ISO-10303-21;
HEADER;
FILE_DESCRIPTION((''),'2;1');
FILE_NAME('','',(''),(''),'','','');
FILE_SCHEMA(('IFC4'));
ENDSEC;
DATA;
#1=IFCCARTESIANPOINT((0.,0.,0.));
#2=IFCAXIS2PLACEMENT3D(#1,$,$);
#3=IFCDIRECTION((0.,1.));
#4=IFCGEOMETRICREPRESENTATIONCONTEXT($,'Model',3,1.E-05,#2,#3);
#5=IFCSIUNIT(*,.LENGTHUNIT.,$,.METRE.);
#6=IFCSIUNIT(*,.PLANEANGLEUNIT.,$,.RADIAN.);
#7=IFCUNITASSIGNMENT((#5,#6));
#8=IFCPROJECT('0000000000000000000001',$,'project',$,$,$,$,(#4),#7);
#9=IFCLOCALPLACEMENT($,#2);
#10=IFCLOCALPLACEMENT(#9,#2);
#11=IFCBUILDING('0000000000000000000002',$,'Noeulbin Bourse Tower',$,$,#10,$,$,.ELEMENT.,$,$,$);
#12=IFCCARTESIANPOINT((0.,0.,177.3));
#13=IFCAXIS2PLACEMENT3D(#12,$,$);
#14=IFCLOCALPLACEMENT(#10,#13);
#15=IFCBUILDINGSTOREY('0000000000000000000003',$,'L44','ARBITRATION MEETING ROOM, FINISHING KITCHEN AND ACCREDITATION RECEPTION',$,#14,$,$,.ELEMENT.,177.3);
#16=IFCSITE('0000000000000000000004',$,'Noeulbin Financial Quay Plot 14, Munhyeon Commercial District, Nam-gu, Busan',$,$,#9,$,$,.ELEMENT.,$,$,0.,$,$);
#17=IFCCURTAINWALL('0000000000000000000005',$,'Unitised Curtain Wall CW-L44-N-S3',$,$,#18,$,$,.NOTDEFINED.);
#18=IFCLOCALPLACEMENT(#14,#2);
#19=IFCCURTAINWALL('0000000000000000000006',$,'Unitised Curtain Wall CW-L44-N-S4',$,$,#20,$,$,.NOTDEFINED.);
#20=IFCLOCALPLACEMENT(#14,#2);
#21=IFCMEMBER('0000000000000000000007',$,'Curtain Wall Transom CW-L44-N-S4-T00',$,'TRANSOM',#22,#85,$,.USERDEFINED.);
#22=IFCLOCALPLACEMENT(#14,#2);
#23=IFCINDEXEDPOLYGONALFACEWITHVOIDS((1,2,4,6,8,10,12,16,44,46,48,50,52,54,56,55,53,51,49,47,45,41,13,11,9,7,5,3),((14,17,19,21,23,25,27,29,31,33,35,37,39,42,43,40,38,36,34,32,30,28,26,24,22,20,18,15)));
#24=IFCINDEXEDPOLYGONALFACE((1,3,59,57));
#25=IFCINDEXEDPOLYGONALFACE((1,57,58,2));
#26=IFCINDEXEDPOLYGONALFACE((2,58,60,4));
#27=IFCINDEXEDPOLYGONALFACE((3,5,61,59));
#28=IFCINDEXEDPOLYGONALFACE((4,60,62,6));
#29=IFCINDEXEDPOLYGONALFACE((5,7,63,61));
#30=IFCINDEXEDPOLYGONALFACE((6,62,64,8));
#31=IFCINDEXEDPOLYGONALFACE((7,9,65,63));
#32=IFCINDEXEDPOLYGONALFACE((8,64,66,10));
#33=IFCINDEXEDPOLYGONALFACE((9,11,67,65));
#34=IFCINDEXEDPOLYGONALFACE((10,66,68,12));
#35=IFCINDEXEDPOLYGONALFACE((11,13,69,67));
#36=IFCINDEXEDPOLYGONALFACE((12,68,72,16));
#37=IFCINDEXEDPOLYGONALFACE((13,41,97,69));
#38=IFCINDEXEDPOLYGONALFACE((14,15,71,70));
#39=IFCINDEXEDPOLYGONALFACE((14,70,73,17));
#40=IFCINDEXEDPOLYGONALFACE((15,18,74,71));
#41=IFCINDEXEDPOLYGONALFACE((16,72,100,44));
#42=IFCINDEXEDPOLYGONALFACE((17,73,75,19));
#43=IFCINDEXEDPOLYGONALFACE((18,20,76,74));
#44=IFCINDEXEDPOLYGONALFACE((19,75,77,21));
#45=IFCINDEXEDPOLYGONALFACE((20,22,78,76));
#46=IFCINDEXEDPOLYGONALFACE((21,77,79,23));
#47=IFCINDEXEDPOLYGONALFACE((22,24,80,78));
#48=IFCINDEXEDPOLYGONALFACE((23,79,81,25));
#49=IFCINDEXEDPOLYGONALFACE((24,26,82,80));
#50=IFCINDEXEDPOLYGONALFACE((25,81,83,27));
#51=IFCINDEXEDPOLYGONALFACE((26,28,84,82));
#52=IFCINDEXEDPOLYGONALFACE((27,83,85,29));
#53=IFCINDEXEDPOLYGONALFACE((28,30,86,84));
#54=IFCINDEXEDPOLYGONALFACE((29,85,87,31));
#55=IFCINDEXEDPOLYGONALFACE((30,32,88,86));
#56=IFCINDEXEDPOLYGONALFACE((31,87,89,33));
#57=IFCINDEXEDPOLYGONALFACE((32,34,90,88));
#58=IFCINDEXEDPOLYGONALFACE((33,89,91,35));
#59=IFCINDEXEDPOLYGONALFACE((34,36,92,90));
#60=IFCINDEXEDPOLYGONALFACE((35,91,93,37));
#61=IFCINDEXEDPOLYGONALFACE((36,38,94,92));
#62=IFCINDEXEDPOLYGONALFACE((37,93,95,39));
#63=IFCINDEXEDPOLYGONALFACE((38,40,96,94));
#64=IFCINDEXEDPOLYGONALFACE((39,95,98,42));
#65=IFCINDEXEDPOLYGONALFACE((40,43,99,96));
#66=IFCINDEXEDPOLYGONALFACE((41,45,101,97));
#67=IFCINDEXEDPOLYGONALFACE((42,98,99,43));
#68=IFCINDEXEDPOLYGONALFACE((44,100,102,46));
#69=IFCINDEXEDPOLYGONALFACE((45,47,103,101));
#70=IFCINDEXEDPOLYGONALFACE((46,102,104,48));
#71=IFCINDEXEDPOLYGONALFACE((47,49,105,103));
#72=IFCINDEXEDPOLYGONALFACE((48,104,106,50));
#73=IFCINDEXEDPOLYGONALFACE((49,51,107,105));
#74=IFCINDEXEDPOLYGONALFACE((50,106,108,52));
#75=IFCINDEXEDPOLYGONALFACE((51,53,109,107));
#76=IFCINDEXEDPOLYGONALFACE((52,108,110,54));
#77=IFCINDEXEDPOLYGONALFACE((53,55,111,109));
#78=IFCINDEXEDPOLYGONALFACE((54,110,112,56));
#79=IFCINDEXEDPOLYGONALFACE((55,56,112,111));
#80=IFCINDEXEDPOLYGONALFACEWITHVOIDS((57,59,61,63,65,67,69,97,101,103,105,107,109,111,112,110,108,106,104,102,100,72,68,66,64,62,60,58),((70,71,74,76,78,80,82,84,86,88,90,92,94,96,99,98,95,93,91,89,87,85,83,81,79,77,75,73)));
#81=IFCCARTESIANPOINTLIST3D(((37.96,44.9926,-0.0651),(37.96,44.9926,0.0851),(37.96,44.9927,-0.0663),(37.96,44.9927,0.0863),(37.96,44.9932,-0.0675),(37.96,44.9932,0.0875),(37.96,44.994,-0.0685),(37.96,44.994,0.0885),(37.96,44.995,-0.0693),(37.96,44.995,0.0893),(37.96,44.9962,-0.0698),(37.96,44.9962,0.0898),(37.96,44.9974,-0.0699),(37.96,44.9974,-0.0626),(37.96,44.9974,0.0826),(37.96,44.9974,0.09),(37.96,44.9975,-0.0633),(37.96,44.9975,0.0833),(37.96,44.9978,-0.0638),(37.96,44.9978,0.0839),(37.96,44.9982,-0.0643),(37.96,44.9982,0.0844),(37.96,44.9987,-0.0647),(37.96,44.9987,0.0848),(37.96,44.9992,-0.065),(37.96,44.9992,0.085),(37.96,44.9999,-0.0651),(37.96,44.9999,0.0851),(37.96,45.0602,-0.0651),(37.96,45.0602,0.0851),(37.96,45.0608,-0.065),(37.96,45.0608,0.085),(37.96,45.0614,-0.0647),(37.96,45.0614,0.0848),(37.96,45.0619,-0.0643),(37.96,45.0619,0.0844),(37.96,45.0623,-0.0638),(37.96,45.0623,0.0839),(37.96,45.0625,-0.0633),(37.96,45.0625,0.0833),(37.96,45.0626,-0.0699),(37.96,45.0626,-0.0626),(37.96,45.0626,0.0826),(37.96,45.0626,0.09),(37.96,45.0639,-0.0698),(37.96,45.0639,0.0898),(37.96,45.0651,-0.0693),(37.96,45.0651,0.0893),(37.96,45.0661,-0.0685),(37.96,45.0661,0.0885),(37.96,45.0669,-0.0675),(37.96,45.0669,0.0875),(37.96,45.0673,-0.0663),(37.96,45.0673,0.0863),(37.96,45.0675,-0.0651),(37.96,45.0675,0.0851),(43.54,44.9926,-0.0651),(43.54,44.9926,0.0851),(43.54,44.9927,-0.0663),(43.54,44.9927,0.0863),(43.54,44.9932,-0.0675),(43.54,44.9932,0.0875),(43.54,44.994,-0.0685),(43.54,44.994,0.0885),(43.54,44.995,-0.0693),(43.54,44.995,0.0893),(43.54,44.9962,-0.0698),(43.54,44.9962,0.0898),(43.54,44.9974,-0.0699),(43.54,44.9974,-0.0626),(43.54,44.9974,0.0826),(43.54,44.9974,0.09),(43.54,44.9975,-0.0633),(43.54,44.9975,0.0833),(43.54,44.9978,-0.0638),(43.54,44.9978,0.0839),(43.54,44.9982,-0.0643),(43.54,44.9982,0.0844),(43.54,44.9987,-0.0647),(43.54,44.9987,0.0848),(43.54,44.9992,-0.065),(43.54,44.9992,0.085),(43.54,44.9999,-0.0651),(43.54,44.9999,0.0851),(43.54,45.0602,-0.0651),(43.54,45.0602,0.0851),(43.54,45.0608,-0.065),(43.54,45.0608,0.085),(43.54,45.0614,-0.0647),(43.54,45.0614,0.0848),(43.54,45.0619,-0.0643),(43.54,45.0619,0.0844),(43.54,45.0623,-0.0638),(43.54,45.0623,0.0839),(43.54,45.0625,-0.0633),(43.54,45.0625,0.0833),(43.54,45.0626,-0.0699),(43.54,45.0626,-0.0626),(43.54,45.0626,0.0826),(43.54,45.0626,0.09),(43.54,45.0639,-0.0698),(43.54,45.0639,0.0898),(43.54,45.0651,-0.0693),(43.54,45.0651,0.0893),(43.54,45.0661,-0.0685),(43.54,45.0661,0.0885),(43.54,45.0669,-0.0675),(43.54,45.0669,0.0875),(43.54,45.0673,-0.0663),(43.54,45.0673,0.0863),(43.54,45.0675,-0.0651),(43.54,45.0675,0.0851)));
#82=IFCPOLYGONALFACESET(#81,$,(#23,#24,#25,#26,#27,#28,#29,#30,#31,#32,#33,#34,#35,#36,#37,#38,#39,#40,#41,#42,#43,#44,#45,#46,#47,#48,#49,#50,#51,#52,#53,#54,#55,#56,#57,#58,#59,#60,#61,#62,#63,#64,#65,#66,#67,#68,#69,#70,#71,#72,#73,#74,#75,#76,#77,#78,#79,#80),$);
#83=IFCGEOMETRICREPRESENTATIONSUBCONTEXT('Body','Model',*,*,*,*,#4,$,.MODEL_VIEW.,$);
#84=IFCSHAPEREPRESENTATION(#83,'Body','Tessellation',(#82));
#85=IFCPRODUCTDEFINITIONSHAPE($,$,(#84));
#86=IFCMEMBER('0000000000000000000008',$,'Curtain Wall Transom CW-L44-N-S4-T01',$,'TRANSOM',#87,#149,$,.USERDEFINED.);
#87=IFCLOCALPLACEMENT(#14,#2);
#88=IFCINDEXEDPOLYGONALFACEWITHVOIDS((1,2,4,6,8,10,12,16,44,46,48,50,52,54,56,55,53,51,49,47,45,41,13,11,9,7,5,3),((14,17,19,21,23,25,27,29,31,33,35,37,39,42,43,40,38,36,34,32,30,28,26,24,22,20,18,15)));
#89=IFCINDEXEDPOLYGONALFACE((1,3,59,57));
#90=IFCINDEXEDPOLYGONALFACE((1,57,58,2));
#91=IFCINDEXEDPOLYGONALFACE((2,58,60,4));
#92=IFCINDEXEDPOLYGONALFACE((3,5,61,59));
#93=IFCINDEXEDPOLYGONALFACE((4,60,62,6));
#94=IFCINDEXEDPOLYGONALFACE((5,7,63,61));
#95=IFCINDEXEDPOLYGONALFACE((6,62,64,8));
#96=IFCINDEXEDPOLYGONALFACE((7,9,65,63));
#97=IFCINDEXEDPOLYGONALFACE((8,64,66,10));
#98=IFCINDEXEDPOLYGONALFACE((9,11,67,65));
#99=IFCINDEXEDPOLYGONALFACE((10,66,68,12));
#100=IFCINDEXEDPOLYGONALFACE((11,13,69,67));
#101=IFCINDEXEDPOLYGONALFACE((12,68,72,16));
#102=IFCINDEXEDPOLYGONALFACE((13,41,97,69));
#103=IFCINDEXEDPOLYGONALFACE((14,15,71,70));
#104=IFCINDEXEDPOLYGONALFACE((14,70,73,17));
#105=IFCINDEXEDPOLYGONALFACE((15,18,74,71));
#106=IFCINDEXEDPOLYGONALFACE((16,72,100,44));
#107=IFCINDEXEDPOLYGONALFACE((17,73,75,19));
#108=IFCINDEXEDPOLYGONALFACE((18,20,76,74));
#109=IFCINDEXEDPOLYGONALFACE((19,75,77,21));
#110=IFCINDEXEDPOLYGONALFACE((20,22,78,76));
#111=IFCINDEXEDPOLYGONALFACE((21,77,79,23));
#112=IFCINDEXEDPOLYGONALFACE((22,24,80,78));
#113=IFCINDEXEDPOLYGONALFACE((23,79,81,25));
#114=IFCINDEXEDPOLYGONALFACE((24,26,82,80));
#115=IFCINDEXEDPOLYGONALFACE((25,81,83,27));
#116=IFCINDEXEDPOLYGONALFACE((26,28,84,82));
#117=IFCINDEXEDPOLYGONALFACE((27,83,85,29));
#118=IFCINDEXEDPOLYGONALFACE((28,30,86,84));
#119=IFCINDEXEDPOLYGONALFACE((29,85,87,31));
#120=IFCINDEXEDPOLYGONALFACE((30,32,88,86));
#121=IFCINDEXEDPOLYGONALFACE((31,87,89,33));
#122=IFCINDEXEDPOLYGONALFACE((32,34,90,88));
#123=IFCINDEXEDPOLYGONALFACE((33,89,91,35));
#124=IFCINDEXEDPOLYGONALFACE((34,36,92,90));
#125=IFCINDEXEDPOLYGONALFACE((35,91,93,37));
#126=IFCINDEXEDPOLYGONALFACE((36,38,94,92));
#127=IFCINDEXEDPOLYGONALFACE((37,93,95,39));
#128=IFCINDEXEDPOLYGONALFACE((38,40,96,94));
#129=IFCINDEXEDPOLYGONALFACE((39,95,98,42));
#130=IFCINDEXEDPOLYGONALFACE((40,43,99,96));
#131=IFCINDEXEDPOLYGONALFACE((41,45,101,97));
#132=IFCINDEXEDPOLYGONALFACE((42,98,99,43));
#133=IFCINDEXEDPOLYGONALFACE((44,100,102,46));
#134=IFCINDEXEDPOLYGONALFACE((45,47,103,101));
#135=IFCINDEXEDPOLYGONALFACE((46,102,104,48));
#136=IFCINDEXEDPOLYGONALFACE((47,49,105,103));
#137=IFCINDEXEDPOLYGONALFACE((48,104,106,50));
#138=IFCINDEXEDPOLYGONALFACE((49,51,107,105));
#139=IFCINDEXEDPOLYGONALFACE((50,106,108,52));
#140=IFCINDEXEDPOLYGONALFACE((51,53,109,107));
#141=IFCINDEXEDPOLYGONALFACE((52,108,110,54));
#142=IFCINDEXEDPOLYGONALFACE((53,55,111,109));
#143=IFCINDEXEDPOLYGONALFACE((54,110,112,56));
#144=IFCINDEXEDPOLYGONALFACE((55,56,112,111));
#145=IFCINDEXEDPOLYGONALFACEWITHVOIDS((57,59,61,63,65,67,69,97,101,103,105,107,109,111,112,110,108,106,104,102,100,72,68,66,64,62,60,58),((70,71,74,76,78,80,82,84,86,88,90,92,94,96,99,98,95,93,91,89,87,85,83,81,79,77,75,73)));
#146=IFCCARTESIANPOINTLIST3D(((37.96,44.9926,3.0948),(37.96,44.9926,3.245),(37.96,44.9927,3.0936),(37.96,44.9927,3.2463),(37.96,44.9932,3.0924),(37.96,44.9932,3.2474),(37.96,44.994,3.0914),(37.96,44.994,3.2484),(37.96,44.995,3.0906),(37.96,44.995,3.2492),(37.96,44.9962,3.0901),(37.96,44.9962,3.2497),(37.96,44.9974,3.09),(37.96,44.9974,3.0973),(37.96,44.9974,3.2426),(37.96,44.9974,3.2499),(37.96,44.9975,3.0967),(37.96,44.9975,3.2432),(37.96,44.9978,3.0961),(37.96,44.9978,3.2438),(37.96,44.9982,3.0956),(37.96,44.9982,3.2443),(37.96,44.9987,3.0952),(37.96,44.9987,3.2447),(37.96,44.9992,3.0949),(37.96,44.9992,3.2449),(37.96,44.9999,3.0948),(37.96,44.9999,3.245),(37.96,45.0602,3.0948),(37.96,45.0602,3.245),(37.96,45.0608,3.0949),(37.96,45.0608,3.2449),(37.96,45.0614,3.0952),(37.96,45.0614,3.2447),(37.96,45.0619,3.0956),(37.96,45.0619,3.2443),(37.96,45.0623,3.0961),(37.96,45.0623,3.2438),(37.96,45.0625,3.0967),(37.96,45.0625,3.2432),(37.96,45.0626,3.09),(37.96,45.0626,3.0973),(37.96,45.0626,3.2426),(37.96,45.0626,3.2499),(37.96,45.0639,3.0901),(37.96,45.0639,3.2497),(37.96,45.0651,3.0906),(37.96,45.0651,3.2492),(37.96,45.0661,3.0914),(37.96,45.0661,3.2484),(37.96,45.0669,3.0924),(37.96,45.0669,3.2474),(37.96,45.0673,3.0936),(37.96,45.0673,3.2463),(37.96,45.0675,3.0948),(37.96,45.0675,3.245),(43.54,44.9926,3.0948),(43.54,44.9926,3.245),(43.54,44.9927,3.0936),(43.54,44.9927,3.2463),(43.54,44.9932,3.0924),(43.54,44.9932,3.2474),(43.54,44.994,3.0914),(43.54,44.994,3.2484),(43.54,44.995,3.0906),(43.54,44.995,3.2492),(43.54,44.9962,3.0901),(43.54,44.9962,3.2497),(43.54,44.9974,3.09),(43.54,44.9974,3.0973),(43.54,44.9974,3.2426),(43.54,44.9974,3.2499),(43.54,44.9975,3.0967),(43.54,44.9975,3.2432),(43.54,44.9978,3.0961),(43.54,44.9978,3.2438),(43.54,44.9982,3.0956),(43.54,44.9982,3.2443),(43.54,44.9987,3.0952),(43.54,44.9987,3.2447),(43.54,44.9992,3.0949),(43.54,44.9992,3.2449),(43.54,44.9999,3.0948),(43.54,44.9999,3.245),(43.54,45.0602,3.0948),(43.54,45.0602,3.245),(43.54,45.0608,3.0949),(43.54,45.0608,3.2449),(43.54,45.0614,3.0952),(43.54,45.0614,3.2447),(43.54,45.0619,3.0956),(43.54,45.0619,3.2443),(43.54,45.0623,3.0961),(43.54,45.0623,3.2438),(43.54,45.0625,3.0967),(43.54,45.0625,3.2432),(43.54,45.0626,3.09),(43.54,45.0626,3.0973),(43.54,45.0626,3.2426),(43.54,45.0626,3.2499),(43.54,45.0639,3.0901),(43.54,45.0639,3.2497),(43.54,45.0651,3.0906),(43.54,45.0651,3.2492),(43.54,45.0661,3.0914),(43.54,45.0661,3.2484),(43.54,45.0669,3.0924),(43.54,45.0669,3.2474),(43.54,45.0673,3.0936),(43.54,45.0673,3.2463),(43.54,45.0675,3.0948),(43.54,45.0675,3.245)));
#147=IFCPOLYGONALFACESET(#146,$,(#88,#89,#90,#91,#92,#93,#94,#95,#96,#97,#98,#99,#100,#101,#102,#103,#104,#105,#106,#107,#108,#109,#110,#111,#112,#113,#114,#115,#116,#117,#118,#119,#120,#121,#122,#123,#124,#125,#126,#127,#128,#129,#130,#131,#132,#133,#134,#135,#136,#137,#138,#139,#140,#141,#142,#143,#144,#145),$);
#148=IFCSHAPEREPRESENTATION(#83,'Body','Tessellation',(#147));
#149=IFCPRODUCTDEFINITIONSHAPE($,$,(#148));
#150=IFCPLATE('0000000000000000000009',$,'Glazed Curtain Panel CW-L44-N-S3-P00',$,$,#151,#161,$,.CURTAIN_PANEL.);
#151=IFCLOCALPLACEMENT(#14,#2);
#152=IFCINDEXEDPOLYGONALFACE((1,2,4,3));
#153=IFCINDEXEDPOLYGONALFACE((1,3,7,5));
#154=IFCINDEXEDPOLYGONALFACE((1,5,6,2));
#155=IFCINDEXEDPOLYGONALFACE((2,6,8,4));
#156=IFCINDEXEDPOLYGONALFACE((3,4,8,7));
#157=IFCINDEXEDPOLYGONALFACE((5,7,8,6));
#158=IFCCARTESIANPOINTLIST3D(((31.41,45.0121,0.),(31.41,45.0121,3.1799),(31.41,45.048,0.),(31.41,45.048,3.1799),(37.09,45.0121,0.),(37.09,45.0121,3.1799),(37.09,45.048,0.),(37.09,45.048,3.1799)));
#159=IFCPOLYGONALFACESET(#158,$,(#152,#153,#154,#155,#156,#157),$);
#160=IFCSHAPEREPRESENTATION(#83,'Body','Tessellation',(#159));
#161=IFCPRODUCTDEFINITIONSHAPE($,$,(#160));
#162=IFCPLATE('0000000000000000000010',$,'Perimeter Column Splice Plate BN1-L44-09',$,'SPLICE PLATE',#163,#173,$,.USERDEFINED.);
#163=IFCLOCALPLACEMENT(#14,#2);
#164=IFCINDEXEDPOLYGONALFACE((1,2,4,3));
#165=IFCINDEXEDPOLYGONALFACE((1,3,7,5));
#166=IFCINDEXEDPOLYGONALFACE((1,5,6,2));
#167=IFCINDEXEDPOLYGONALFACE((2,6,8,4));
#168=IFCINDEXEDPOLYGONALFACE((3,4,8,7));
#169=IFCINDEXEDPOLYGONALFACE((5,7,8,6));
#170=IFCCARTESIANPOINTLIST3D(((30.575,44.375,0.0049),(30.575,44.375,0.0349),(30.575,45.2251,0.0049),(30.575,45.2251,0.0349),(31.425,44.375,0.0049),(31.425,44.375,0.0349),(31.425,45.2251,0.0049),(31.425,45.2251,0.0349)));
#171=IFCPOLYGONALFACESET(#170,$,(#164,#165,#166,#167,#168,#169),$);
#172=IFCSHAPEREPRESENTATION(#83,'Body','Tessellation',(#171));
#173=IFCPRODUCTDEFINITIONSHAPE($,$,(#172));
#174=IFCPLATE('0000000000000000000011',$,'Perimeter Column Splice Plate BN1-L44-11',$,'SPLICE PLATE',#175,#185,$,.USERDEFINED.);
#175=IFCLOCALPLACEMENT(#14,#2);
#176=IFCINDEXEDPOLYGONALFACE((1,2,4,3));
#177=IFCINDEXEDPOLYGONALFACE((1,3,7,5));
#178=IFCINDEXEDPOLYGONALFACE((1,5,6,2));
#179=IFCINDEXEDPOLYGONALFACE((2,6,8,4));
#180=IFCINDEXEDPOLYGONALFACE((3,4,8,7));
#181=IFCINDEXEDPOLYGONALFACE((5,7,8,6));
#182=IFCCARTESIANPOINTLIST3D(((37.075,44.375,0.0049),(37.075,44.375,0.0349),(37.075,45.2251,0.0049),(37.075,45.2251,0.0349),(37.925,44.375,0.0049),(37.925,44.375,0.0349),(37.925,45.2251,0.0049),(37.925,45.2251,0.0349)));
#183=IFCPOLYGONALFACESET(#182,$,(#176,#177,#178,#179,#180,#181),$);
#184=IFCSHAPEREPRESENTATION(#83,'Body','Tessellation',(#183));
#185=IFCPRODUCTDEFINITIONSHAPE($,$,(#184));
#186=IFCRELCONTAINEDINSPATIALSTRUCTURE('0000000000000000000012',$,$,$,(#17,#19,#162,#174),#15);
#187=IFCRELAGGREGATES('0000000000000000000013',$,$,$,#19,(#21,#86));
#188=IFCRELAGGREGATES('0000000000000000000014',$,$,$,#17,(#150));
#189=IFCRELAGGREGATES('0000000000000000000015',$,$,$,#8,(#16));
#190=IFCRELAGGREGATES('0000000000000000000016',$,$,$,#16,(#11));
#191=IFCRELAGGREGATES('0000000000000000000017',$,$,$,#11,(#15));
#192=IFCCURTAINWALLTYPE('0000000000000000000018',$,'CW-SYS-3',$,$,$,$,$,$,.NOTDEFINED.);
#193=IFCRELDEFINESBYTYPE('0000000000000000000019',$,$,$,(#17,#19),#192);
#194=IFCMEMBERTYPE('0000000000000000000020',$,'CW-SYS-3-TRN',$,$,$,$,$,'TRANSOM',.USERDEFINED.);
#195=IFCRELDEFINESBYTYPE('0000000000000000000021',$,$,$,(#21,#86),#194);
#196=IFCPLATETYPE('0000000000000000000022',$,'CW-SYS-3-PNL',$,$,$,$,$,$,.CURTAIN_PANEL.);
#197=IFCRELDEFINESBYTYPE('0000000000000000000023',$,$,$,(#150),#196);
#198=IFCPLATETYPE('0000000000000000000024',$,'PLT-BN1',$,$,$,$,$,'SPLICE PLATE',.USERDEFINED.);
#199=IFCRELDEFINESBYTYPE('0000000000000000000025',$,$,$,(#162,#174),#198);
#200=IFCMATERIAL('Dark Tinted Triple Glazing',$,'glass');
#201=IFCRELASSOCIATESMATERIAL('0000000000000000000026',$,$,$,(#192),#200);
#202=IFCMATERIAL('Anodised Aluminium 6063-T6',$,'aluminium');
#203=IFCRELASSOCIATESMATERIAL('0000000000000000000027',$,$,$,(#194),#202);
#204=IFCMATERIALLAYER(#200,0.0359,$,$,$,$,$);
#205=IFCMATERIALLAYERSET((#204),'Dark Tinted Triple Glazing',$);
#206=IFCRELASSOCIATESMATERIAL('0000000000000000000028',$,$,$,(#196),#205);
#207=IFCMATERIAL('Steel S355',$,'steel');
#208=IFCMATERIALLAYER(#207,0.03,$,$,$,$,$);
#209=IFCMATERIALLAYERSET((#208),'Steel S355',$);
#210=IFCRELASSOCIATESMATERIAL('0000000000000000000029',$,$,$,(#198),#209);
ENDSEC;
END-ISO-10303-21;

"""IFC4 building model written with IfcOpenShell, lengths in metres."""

from ifc_helpers import new_model, si_unit, direction, frame, origin, origin_2d, place, context, subcontext, project, spatial, rectangle, hollow_rectangle, extrude, material, layer, layer_set, material_profile, profile_set, type_object, element, aggregate, save


model = new_model("IFC4")

# Units and contexts
model_context = context("Model", 3, precision=1e-05, world=origin(), true_north=direction((0.0, 1.0)))
body_context = subcontext(model_context, "Body", "Model", "MODEL_VIEW")
ifc_project = project(units=[si_unit("LENGTHUNIT", "METRE"), si_unit("PLANEANGLEUNIT", "RADIAN")], contexts=[model_context])

# Site, building, storey
site_placement = place(None, origin())
site = spatial("IfcSite", under=ifc_project, at=site_placement, Name="Noeulbin Financial Quay Plot 14, Munhyeon Commercial District, Nam-gu, Busan", CompositionType="ELEMENT", RefElevation=0.0)
building_placement = place(site_placement, origin())
building = spatial("IfcBuilding", under=site, at=building_placement, Name="Noeulbin Bourse Tower", CompositionType="ELEMENT")
storey_placement = place(building_placement, frame((0.0, 0.0, 177.3)))
storey = spatial("IfcBuildingStorey", under=building, at=storey_placement, Name="L44", Description="ARBITRATION MEETING ROOM, FINISHING KITCHEN AND ACCREDITATION RECEPTION", CompositionType="ELEMENT", Elevation=177.3)

# Shared definitions
ifc_material_1 = material(Name="Steel S355", Category="steel")

# Shared definitions
ifc_material_2 = material(Name="Dark Tinted Triple Glazing", Category="glass")
curtain_wall_type = type_object("IfcCurtainWallType", Name="CW-SYS-3", PredefinedType="NOTDEFINED", material=ifc_material_2)
ifc_material_3 = material(Name="Anodised Aluminium 6063-T6", Category="aluminium")

# Curtain wall
curtain_wall_1_placement = place(storey_placement, origin())
curtain_wall_1 = element("IfcCurtainWall", 1, at=curtain_wall_1_placement, inside=storey, type_object=curtain_wall_type, Name="Unitised Curtain Wall CW-L44-N-S3", PredefinedType="NOTDEFINED")

# Curtain wall
curtain_wall_2_placement = place(storey_placement, origin())
curtain_wall_2 = element("IfcCurtainWall", 2, at=curtain_wall_2_placement, inside=storey, type_object=curtain_wall_type, Name="Unitised Curtain Wall CW-L44-N-S4", PredefinedType="NOTDEFINED")

# Members
ifc_material_profile_1 = material_profile(ifc_material_3, hollow_rectangle(XDim=0.075, YDim=0.1599, WallThickness=0.0049, InnerFilletRadius=0.0024, OuterFilletRadius=0.0049, at=origin_2d()), Name="ALU-TRAN-75x160x5", Category="LoadBearing")
ifc_profile_set_1 = profile_set([ifc_material_profile_1], Name="Anodised Aluminium 6063-T6")
member_type_1 = type_object("IfcMemberType", Name="CW-SYS-3-TRN", ElementType="TRANSOM", PredefinedType="USERDEFINED", material=ifc_profile_set_1)
member_1_placement = place(storey_placement, frame((37.96, 45.03, 0.01), z_axis=(1.0, 0.0, 0.0), x_axis=(0.0, 1.0, 0.0)))
member_1 = element("IfcMember", 3, at=member_1_placement, type_object=member_type_1, Name="Curtain Wall Transom CW-L44-N-S4-T00", ObjectType="TRANSOM", PredefinedType="USERDEFINED", context=body_context, shape_type="SweptSolid", body=[
    extrude(hollow_rectangle(XDim=0.075, YDim=0.1599, WallThickness=0.0049, InnerFilletRadius=0.0024, OuterFilletRadius=0.0049, at=origin_2d()), origin(), (0.0, 0.0, 1.0), 5.5801),
])
member_2_placement = place(storey_placement, frame((37.96, 45.03, 3.1699), z_axis=(1.0, 0.0, 0.0), x_axis=(0.0, 1.0, 0.0)))
member_2 = element("IfcMember", 4, at=member_2_placement, type_object=member_type_1, Name="Curtain Wall Transom CW-L44-N-S4-T01", ObjectType="TRANSOM", PredefinedType="USERDEFINED", context=body_context, shape_type="SweptSolid", body=[
    extrude(hollow_rectangle(XDim=0.075, YDim=0.1599, WallThickness=0.0049, InnerFilletRadius=0.0024, OuterFilletRadius=0.0049, at=origin_2d()), origin(), (0.0, 0.0, 1.0), 5.5801),
])
aggregate(curtain_wall_2, [member_1, member_2])

# Plate
ifc_layer_1 = layer(ifc_material_2, 0.0359)
ifc_layer_set_1 = layer_set([ifc_layer_1], Name="Dark Tinted Triple Glazing")
plate_type_1 = type_object("IfcPlateType", Name="CW-SYS-3-PNL", PredefinedType="CURTAIN_PANEL", material=ifc_layer_set_1)
plate_placement = place(storey_placement, frame((34.25, 45.03, 0.0), z_axis=(0.0, 0.0, 1.0), x_axis=(1.0, 0.0, 0.0)))
plate = element("IfcPlate", 5, at=plate_placement, type_object=plate_type_1, Name="Glazed Curtain Panel CW-L44-N-S3-P00", PredefinedType="CURTAIN_PANEL", context=body_context, shape_type="SweptSolid", body=[
    extrude(rectangle(XDim=5.6799, YDim=0.0359, at=origin_2d()), origin(), (0.0, 0.0, 1.0), 3.1799),
])
aggregate(curtain_wall_1, [plate])

# Plates
ifc_layer_2 = layer(ifc_material_1, 0.03)
ifc_layer_set_2 = layer_set([ifc_layer_2], Name="Steel S355")
plate_type_2 = type_object("IfcPlateType", Name="PLT-BN1", ElementType="SPLICE PLATE", PredefinedType="USERDEFINED", material=ifc_layer_set_2)
for number, where, z_axis, x_axis, name in (
    (6, (31.0, 44.8, 0.0049), (0.0, 0.0, 1.0), (1.0, 0.0, 0.0), "Perimeter Column Splice Plate BN1-L44-09"),
    (7, (37.5, 44.8, 0.0049), (0.0, 0.0, 1.0), (1.0, 0.0, 0.0), "Perimeter Column Splice Plate BN1-L44-11"),
):
    element("IfcPlate", number, at=place(storey_placement, frame(where, z_axis=z_axis, x_axis=x_axis)), inside=storey, type_object=plate_type_2, Name=name, ObjectType="SPLICE PLATE", PredefinedType="USERDEFINED", context=body_context, shape_type="SweptSolid", body=[
        extrude(rectangle(XDim=0.8501, YDim=0.8501, at=origin_2d()), origin(), (0.0, 0.0, 1.0), 0.03),
    ])

save(model, "model.ifc")
